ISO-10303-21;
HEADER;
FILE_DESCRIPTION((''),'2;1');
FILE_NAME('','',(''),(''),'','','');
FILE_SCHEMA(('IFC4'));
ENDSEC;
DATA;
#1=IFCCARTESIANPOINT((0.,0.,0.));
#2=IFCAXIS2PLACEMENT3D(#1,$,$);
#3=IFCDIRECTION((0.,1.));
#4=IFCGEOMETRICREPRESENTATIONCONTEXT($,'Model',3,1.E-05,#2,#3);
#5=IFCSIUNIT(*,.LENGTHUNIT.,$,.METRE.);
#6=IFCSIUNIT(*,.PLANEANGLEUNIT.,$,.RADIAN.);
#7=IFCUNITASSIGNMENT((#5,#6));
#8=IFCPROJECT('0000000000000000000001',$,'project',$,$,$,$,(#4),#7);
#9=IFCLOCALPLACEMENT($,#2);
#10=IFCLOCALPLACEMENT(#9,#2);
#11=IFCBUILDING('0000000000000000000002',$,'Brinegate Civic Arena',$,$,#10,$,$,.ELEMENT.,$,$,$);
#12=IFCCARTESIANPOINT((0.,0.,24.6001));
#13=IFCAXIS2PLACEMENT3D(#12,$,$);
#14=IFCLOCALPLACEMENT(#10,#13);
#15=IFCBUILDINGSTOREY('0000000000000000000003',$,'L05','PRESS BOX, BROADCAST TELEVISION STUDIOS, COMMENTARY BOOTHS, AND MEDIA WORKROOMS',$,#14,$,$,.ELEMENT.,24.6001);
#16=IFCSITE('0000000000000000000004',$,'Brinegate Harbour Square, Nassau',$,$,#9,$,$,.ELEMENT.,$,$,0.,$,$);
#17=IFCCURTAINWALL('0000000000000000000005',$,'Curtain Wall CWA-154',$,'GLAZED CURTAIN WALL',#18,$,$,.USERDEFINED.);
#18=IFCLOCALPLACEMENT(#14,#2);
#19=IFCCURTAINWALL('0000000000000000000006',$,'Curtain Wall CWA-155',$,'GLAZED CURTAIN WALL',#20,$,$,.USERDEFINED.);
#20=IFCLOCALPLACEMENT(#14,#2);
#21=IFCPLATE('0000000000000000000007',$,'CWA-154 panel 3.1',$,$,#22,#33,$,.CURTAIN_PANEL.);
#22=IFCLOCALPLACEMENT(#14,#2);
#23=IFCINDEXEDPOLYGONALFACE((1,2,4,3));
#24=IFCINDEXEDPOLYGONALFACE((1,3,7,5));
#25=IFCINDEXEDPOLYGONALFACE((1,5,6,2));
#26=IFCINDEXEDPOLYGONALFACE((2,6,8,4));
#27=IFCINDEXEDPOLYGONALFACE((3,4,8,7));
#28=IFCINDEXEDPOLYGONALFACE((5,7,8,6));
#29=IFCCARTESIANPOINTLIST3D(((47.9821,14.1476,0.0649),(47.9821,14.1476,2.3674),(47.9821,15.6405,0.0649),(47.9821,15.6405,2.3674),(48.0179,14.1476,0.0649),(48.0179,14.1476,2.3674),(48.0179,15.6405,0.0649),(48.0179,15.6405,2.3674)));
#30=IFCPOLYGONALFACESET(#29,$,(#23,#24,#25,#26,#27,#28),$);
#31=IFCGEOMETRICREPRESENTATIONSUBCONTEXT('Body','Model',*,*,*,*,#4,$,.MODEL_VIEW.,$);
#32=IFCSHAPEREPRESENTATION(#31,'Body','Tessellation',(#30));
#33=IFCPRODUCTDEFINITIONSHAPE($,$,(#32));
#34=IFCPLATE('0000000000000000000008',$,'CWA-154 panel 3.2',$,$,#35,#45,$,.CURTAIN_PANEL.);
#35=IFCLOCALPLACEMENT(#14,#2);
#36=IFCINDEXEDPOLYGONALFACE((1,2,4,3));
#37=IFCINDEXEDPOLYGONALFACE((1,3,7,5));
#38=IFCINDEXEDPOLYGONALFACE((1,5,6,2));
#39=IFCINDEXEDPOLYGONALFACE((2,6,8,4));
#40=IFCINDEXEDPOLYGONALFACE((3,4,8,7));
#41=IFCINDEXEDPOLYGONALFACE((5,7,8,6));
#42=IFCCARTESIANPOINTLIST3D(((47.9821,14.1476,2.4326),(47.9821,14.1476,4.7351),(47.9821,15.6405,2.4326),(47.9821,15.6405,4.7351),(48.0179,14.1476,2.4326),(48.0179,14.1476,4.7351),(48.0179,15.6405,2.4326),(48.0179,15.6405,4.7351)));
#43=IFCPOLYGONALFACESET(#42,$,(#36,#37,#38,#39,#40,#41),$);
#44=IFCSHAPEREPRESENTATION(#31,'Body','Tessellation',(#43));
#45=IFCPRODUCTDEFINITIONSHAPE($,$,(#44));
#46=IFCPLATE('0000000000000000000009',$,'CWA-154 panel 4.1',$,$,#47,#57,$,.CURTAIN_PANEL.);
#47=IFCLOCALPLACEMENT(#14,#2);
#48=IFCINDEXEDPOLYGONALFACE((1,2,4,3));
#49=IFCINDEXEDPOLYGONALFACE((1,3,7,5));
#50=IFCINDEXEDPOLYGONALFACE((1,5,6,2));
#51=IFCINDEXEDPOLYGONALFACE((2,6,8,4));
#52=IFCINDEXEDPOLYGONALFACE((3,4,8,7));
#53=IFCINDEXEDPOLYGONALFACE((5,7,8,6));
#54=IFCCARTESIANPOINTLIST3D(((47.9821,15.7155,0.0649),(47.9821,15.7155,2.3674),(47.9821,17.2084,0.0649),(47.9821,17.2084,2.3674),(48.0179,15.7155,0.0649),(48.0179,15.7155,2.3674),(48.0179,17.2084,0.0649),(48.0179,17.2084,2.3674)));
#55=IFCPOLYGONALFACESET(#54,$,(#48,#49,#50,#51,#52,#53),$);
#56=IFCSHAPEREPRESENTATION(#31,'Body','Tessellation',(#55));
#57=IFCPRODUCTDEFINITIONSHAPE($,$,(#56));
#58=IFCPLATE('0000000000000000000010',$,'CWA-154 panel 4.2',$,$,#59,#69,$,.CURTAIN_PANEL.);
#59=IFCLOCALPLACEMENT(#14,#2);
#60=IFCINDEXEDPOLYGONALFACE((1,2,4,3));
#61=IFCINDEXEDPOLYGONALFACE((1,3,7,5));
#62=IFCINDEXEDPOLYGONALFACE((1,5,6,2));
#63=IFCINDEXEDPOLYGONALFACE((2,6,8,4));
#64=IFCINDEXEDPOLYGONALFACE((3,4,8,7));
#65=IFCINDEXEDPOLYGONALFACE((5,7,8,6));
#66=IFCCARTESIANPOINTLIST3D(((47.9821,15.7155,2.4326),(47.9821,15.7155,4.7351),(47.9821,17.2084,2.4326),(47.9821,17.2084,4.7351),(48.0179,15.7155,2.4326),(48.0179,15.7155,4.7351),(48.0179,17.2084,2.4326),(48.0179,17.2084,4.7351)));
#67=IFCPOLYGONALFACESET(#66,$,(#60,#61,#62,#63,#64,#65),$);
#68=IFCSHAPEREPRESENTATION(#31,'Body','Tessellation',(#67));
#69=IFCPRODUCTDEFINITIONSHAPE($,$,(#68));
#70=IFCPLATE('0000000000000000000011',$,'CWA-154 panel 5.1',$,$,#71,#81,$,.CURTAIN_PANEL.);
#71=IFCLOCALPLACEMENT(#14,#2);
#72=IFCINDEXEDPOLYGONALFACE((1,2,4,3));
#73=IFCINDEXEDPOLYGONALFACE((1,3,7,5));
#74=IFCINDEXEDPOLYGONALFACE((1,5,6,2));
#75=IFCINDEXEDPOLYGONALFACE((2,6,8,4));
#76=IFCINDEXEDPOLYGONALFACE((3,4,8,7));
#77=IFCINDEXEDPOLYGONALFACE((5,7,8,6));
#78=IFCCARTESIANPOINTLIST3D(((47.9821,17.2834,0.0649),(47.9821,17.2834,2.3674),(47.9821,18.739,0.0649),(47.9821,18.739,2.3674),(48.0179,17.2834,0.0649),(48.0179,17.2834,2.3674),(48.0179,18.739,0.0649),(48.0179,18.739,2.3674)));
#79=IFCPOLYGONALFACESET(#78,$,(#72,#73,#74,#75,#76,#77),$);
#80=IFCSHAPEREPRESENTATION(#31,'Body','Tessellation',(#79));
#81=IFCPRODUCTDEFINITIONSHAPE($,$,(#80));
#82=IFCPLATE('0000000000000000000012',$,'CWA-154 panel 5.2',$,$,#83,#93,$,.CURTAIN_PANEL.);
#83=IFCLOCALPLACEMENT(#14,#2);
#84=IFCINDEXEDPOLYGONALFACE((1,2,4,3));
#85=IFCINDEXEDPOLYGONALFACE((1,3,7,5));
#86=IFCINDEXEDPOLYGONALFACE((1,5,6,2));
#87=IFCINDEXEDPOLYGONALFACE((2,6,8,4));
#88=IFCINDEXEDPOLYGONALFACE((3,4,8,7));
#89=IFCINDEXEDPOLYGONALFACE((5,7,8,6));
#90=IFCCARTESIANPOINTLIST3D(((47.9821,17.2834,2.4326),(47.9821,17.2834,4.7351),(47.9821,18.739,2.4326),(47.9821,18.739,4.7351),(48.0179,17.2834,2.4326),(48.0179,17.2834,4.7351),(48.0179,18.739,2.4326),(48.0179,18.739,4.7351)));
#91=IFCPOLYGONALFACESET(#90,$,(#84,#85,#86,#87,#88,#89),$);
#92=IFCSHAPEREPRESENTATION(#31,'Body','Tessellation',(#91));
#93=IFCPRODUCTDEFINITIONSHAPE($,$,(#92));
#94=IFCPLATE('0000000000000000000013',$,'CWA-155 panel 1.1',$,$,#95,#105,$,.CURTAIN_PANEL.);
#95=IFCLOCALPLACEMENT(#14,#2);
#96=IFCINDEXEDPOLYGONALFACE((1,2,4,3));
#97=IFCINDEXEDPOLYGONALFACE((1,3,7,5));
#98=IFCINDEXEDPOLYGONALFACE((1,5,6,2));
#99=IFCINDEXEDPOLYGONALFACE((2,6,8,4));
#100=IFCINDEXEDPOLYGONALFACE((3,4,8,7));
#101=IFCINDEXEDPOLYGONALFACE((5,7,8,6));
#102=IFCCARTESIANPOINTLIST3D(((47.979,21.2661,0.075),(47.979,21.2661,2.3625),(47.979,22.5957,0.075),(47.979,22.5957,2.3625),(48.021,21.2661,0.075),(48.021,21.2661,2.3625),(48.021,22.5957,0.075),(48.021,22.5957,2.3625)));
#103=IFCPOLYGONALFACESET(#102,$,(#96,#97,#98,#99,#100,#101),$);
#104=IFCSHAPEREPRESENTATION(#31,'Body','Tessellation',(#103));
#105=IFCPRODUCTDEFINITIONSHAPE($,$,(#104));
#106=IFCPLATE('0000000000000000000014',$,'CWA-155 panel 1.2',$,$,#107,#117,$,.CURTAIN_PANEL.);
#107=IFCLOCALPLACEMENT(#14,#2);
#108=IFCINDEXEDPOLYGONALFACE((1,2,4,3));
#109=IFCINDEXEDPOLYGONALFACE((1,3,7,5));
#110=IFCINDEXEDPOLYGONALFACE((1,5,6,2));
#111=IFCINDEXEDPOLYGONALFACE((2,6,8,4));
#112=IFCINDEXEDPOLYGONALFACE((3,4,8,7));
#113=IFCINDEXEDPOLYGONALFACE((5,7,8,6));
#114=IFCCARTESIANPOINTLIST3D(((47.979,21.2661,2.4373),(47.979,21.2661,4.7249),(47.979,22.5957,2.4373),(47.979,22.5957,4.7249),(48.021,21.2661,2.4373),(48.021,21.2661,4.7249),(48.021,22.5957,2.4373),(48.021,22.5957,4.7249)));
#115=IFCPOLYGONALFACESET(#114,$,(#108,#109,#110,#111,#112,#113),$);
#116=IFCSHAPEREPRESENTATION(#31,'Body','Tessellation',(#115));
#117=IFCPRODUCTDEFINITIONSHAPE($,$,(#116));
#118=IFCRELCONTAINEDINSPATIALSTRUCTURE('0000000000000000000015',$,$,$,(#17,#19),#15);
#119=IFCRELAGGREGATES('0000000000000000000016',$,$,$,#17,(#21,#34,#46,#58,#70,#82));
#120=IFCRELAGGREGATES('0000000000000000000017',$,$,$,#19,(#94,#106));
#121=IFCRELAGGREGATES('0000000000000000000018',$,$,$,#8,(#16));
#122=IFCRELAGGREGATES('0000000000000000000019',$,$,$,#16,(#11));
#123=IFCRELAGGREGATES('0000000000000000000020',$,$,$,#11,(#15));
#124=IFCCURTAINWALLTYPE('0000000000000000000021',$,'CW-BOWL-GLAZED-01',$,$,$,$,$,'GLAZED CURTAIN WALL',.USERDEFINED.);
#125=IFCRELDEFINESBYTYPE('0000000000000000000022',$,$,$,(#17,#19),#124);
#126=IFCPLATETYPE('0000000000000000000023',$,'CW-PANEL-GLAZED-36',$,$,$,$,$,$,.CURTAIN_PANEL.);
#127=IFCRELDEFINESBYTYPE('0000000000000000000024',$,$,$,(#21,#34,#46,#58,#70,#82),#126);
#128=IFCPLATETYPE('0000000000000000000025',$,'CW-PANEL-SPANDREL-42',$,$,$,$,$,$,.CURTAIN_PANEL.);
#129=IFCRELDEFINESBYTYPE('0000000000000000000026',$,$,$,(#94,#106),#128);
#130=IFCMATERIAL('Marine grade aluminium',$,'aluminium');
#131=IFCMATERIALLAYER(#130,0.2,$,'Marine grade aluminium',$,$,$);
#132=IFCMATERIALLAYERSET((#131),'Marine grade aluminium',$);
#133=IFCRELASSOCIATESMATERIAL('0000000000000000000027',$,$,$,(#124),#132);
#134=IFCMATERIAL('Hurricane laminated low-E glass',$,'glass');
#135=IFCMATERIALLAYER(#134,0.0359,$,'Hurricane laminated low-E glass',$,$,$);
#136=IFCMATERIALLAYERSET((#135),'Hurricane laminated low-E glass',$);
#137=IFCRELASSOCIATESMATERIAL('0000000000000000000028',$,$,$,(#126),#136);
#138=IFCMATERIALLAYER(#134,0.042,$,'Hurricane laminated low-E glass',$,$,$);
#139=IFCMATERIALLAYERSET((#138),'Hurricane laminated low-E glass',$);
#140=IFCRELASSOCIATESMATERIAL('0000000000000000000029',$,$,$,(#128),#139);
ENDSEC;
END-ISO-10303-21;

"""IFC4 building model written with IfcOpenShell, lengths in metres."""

from ifc_helpers import new_model, si_unit, direction, frame, origin, origin_2d, place, context, subcontext, project, spatial, rectangle, extrude, material, layer, layer_set, type_object, element, aggregate, save


model = new_model("IFC4")

# Units and contexts
model_context = context("Model", 3, precision=1e-05, world=origin(), true_north=direction((0.0, 1.0)))
body_context = subcontext(model_context, "Body", "Model", "MODEL_VIEW")
ifc_project = project(units=[si_unit("LENGTHUNIT", "METRE"), si_unit("PLANEANGLEUNIT", "RADIAN")], contexts=[model_context])

# Site, building, storey
site_placement = place(None, origin())
site = spatial("IfcSite", under=ifc_project, at=site_placement, Name="Brinegate Harbour Square, Nassau", CompositionType="ELEMENT", RefElevation=0.0)
building_placement = place(site_placement, origin())
building = spatial("IfcBuilding", under=site, at=building_placement, Name="Brinegate Civic Arena", CompositionType="ELEMENT")
storey_placement = place(building_placement, frame((0.0, 0.0, 24.6001)))
storey = spatial("IfcBuildingStorey", under=building, at=storey_placement, Name="L05", Description="PRESS BOX, BROADCAST TELEVISION STUDIOS, COMMENTARY BOOTHS, AND MEDIA WORKROOMS", CompositionType="ELEMENT", Elevation=24.6001)

# Curtain walls
ifc_material_1 = material(Name="Marine grade aluminium", Category="aluminium")
ifc_layer_1 = layer(ifc_material_1, 0.2, Name="Marine grade aluminium")
ifc_layer_set_1 = layer_set([ifc_layer_1], Name="Marine grade aluminium")
curtain_wall_type = type_object("IfcCurtainWallType", Name="CW-BOWL-GLAZED-01", ElementType="GLAZED CURTAIN WALL", PredefinedType="USERDEFINED", material=ifc_layer_set_1)
curtain_wall_1_placement = place(storey_placement, origin())
curtain_wall_1 = element("IfcCurtainWall", 1, at=curtain_wall_1_placement, inside=storey, type_object=curtain_wall_type, Name="Curtain Wall CWA-154", ObjectType="GLAZED CURTAIN WALL", PredefinedType="USERDEFINED")
curtain_wall_2_placement = place(storey_placement, origin())
curtain_wall_2 = element("IfcCurtainWall", 2, at=curtain_wall_2_placement, inside=storey, type_object=curtain_wall_type, Name="Curtain Wall CWA-155", ObjectType="GLAZED CURTAIN WALL", PredefinedType="USERDEFINED")

# Plates
ifc_material_2 = material(Name="Hurricane laminated low-E glass", Category="glass")
ifc_layer_2 = layer(ifc_material_2, 0.0359, Name="Hurricane laminated low-E glass")
ifc_layer_set_2 = layer_set([ifc_layer_2], Name="Hurricane laminated low-E glass")
plate_type_1 = type_object("IfcPlateType", Name="CW-PANEL-GLAZED-36", PredefinedType="CURTAIN_PANEL", material=ifc_layer_set_2)
plate_1_placement = place(storey_placement, frame((48.0, 14.894, 0.0649), z_axis=(0.0, 0.0, 1.0), x_axis=(0.0, 1.0, 0.0)))
plate_1 = element("IfcPlate", 3, at=plate_1_placement, type_object=plate_type_1, Name="CWA-154 panel 3.1", PredefinedType="CURTAIN_PANEL", context=body_context, shape_type="SweptSolid", body=[
    extrude(rectangle(XDim=1.4929, YDim=0.0359, at=origin_2d()), origin(), (0.0, 0.0, 1.0), 2.3025),
])
plate_2_placement = place(storey_placement, frame((48.0, 14.894, 2.4326), z_axis=(0.0, 0.0, 1.0), x_axis=(0.0, 1.0, 0.0)))
plate_2 = element("IfcPlate", 4, at=plate_2_placement, type_object=plate_type_1, Name="CWA-154 panel 3.2", PredefinedType="CURTAIN_PANEL", context=body_context, shape_type="SweptSolid", body=[
    extrude(rectangle(XDim=1.4929, YDim=0.0359, at=origin_2d()), origin(), (0.0, 0.0, 1.0), 2.3025),
])
plate_3_placement = place(storey_placement, frame((48.0, 16.4619, 0.0649), z_axis=(0.0, 0.0, 1.0), x_axis=(0.0, 1.0, 0.0)))
plate_3 = element("IfcPlate", 5, at=plate_3_placement, type_object=plate_type_1, Name="CWA-154 panel 4.1", PredefinedType="CURTAIN_PANEL", context=body_context, shape_type="SweptSolid", body=[
    extrude(rectangle(XDim=1.4929, YDim=0.0359, at=origin_2d()), origin(), (0.0, 0.0, 1.0), 2.3025),
])
plate_4_placement = place(storey_placement, frame((48.0, 16.4619, 2.4326), z_axis=(0.0, 0.0, 1.0), x_axis=(0.0, 1.0, 0.0)))
plate_4 = element("IfcPlate", 6, at=plate_4_placement, type_object=plate_type_1, Name="CWA-154 panel 4.2", PredefinedType="CURTAIN_PANEL", context=body_context, shape_type="SweptSolid", body=[
    extrude(rectangle(XDim=1.4929, YDim=0.0359, at=origin_2d()), origin(), (0.0, 0.0, 1.0), 2.3025),
])
plate_5_placement = place(storey_placement, frame((48.0, 18.0112, 0.0649), z_axis=(0.0, 0.0, 1.0), x_axis=(0.0, 1.0, 0.0)))
plate_5 = element("IfcPlate", 7, at=plate_5_placement, type_object=plate_type_1, Name="CWA-154 panel 5.1", PredefinedType="CURTAIN_PANEL", context=body_context, shape_type="SweptSolid", body=[
    extrude(rectangle(XDim=1.4556, YDim=0.0359, at=origin_2d()), origin(), (0.0, 0.0, 1.0), 2.3025),
])
plate_6_placement = place(storey_placement, frame((48.0, 18.0112, 2.4326), z_axis=(0.0, 0.0, 1.0), x_axis=(0.0, 1.0, 0.0)))
plate_6 = element("IfcPlate", 8, at=plate_6_placement, type_object=plate_type_1, Name="CWA-154 panel 5.2", PredefinedType="CURTAIN_PANEL", context=body_context, shape_type="SweptSolid", body=[
    extrude(rectangle(XDim=1.4556, YDim=0.0359, at=origin_2d()), origin(), (0.0, 0.0, 1.0), 2.3025),
])
aggregate(curtain_wall_1, [plate_1, plate_2, plate_3, plate_4, plate_5, plate_6])
ifc_layer_3 = layer(ifc_material_2, 0.042, Name="Hurricane laminated low-E glass")
ifc_layer_set_3 = layer_set([ifc_layer_3], Name="Hurricane laminated low-E glass")
plate_type_2 = type_object("IfcPlateType", Name="CW-PANEL-SPANDREL-42", PredefinedType="CURTAIN_PANEL", material=ifc_layer_set_3)
plate_7_placement = place(storey_placement, frame((48.0, 21.9309, 0.075), z_axis=(0.0, 0.0, 1.0), x_axis=(0.0, 1.0, 0.0)))
plate_7 = element("IfcPlate", 9, at=plate_7_placement, type_object=plate_type_2, Name="CWA-155 panel 1.1", PredefinedType="CURTAIN_PANEL", context=body_context, shape_type="SweptSolid", body=[
    extrude(rectangle(XDim=1.3296, YDim=0.042, at=origin_2d()), origin(), (0.0, 0.0, 1.0), 2.2876),
])
plate_8_placement = place(storey_placement, frame((48.0, 21.9309, 2.4373), z_axis=(0.0, 0.0, 1.0), x_axis=(0.0, 1.0, 0.0)))
plate_8 = element("IfcPlate", 10, at=plate_8_placement, type_object=plate_type_2, Name="CWA-155 panel 1.2", PredefinedType="CURTAIN_PANEL", context=body_context, shape_type="SweptSolid", body=[
    extrude(rectangle(XDim=1.3296, YDim=0.042, at=origin_2d()), origin(), (0.0, 0.0, 1.0), 2.2876),
])
aggregate(curtain_wall_2, [plate_7, plate_8])

save(model, "model.ifc")
